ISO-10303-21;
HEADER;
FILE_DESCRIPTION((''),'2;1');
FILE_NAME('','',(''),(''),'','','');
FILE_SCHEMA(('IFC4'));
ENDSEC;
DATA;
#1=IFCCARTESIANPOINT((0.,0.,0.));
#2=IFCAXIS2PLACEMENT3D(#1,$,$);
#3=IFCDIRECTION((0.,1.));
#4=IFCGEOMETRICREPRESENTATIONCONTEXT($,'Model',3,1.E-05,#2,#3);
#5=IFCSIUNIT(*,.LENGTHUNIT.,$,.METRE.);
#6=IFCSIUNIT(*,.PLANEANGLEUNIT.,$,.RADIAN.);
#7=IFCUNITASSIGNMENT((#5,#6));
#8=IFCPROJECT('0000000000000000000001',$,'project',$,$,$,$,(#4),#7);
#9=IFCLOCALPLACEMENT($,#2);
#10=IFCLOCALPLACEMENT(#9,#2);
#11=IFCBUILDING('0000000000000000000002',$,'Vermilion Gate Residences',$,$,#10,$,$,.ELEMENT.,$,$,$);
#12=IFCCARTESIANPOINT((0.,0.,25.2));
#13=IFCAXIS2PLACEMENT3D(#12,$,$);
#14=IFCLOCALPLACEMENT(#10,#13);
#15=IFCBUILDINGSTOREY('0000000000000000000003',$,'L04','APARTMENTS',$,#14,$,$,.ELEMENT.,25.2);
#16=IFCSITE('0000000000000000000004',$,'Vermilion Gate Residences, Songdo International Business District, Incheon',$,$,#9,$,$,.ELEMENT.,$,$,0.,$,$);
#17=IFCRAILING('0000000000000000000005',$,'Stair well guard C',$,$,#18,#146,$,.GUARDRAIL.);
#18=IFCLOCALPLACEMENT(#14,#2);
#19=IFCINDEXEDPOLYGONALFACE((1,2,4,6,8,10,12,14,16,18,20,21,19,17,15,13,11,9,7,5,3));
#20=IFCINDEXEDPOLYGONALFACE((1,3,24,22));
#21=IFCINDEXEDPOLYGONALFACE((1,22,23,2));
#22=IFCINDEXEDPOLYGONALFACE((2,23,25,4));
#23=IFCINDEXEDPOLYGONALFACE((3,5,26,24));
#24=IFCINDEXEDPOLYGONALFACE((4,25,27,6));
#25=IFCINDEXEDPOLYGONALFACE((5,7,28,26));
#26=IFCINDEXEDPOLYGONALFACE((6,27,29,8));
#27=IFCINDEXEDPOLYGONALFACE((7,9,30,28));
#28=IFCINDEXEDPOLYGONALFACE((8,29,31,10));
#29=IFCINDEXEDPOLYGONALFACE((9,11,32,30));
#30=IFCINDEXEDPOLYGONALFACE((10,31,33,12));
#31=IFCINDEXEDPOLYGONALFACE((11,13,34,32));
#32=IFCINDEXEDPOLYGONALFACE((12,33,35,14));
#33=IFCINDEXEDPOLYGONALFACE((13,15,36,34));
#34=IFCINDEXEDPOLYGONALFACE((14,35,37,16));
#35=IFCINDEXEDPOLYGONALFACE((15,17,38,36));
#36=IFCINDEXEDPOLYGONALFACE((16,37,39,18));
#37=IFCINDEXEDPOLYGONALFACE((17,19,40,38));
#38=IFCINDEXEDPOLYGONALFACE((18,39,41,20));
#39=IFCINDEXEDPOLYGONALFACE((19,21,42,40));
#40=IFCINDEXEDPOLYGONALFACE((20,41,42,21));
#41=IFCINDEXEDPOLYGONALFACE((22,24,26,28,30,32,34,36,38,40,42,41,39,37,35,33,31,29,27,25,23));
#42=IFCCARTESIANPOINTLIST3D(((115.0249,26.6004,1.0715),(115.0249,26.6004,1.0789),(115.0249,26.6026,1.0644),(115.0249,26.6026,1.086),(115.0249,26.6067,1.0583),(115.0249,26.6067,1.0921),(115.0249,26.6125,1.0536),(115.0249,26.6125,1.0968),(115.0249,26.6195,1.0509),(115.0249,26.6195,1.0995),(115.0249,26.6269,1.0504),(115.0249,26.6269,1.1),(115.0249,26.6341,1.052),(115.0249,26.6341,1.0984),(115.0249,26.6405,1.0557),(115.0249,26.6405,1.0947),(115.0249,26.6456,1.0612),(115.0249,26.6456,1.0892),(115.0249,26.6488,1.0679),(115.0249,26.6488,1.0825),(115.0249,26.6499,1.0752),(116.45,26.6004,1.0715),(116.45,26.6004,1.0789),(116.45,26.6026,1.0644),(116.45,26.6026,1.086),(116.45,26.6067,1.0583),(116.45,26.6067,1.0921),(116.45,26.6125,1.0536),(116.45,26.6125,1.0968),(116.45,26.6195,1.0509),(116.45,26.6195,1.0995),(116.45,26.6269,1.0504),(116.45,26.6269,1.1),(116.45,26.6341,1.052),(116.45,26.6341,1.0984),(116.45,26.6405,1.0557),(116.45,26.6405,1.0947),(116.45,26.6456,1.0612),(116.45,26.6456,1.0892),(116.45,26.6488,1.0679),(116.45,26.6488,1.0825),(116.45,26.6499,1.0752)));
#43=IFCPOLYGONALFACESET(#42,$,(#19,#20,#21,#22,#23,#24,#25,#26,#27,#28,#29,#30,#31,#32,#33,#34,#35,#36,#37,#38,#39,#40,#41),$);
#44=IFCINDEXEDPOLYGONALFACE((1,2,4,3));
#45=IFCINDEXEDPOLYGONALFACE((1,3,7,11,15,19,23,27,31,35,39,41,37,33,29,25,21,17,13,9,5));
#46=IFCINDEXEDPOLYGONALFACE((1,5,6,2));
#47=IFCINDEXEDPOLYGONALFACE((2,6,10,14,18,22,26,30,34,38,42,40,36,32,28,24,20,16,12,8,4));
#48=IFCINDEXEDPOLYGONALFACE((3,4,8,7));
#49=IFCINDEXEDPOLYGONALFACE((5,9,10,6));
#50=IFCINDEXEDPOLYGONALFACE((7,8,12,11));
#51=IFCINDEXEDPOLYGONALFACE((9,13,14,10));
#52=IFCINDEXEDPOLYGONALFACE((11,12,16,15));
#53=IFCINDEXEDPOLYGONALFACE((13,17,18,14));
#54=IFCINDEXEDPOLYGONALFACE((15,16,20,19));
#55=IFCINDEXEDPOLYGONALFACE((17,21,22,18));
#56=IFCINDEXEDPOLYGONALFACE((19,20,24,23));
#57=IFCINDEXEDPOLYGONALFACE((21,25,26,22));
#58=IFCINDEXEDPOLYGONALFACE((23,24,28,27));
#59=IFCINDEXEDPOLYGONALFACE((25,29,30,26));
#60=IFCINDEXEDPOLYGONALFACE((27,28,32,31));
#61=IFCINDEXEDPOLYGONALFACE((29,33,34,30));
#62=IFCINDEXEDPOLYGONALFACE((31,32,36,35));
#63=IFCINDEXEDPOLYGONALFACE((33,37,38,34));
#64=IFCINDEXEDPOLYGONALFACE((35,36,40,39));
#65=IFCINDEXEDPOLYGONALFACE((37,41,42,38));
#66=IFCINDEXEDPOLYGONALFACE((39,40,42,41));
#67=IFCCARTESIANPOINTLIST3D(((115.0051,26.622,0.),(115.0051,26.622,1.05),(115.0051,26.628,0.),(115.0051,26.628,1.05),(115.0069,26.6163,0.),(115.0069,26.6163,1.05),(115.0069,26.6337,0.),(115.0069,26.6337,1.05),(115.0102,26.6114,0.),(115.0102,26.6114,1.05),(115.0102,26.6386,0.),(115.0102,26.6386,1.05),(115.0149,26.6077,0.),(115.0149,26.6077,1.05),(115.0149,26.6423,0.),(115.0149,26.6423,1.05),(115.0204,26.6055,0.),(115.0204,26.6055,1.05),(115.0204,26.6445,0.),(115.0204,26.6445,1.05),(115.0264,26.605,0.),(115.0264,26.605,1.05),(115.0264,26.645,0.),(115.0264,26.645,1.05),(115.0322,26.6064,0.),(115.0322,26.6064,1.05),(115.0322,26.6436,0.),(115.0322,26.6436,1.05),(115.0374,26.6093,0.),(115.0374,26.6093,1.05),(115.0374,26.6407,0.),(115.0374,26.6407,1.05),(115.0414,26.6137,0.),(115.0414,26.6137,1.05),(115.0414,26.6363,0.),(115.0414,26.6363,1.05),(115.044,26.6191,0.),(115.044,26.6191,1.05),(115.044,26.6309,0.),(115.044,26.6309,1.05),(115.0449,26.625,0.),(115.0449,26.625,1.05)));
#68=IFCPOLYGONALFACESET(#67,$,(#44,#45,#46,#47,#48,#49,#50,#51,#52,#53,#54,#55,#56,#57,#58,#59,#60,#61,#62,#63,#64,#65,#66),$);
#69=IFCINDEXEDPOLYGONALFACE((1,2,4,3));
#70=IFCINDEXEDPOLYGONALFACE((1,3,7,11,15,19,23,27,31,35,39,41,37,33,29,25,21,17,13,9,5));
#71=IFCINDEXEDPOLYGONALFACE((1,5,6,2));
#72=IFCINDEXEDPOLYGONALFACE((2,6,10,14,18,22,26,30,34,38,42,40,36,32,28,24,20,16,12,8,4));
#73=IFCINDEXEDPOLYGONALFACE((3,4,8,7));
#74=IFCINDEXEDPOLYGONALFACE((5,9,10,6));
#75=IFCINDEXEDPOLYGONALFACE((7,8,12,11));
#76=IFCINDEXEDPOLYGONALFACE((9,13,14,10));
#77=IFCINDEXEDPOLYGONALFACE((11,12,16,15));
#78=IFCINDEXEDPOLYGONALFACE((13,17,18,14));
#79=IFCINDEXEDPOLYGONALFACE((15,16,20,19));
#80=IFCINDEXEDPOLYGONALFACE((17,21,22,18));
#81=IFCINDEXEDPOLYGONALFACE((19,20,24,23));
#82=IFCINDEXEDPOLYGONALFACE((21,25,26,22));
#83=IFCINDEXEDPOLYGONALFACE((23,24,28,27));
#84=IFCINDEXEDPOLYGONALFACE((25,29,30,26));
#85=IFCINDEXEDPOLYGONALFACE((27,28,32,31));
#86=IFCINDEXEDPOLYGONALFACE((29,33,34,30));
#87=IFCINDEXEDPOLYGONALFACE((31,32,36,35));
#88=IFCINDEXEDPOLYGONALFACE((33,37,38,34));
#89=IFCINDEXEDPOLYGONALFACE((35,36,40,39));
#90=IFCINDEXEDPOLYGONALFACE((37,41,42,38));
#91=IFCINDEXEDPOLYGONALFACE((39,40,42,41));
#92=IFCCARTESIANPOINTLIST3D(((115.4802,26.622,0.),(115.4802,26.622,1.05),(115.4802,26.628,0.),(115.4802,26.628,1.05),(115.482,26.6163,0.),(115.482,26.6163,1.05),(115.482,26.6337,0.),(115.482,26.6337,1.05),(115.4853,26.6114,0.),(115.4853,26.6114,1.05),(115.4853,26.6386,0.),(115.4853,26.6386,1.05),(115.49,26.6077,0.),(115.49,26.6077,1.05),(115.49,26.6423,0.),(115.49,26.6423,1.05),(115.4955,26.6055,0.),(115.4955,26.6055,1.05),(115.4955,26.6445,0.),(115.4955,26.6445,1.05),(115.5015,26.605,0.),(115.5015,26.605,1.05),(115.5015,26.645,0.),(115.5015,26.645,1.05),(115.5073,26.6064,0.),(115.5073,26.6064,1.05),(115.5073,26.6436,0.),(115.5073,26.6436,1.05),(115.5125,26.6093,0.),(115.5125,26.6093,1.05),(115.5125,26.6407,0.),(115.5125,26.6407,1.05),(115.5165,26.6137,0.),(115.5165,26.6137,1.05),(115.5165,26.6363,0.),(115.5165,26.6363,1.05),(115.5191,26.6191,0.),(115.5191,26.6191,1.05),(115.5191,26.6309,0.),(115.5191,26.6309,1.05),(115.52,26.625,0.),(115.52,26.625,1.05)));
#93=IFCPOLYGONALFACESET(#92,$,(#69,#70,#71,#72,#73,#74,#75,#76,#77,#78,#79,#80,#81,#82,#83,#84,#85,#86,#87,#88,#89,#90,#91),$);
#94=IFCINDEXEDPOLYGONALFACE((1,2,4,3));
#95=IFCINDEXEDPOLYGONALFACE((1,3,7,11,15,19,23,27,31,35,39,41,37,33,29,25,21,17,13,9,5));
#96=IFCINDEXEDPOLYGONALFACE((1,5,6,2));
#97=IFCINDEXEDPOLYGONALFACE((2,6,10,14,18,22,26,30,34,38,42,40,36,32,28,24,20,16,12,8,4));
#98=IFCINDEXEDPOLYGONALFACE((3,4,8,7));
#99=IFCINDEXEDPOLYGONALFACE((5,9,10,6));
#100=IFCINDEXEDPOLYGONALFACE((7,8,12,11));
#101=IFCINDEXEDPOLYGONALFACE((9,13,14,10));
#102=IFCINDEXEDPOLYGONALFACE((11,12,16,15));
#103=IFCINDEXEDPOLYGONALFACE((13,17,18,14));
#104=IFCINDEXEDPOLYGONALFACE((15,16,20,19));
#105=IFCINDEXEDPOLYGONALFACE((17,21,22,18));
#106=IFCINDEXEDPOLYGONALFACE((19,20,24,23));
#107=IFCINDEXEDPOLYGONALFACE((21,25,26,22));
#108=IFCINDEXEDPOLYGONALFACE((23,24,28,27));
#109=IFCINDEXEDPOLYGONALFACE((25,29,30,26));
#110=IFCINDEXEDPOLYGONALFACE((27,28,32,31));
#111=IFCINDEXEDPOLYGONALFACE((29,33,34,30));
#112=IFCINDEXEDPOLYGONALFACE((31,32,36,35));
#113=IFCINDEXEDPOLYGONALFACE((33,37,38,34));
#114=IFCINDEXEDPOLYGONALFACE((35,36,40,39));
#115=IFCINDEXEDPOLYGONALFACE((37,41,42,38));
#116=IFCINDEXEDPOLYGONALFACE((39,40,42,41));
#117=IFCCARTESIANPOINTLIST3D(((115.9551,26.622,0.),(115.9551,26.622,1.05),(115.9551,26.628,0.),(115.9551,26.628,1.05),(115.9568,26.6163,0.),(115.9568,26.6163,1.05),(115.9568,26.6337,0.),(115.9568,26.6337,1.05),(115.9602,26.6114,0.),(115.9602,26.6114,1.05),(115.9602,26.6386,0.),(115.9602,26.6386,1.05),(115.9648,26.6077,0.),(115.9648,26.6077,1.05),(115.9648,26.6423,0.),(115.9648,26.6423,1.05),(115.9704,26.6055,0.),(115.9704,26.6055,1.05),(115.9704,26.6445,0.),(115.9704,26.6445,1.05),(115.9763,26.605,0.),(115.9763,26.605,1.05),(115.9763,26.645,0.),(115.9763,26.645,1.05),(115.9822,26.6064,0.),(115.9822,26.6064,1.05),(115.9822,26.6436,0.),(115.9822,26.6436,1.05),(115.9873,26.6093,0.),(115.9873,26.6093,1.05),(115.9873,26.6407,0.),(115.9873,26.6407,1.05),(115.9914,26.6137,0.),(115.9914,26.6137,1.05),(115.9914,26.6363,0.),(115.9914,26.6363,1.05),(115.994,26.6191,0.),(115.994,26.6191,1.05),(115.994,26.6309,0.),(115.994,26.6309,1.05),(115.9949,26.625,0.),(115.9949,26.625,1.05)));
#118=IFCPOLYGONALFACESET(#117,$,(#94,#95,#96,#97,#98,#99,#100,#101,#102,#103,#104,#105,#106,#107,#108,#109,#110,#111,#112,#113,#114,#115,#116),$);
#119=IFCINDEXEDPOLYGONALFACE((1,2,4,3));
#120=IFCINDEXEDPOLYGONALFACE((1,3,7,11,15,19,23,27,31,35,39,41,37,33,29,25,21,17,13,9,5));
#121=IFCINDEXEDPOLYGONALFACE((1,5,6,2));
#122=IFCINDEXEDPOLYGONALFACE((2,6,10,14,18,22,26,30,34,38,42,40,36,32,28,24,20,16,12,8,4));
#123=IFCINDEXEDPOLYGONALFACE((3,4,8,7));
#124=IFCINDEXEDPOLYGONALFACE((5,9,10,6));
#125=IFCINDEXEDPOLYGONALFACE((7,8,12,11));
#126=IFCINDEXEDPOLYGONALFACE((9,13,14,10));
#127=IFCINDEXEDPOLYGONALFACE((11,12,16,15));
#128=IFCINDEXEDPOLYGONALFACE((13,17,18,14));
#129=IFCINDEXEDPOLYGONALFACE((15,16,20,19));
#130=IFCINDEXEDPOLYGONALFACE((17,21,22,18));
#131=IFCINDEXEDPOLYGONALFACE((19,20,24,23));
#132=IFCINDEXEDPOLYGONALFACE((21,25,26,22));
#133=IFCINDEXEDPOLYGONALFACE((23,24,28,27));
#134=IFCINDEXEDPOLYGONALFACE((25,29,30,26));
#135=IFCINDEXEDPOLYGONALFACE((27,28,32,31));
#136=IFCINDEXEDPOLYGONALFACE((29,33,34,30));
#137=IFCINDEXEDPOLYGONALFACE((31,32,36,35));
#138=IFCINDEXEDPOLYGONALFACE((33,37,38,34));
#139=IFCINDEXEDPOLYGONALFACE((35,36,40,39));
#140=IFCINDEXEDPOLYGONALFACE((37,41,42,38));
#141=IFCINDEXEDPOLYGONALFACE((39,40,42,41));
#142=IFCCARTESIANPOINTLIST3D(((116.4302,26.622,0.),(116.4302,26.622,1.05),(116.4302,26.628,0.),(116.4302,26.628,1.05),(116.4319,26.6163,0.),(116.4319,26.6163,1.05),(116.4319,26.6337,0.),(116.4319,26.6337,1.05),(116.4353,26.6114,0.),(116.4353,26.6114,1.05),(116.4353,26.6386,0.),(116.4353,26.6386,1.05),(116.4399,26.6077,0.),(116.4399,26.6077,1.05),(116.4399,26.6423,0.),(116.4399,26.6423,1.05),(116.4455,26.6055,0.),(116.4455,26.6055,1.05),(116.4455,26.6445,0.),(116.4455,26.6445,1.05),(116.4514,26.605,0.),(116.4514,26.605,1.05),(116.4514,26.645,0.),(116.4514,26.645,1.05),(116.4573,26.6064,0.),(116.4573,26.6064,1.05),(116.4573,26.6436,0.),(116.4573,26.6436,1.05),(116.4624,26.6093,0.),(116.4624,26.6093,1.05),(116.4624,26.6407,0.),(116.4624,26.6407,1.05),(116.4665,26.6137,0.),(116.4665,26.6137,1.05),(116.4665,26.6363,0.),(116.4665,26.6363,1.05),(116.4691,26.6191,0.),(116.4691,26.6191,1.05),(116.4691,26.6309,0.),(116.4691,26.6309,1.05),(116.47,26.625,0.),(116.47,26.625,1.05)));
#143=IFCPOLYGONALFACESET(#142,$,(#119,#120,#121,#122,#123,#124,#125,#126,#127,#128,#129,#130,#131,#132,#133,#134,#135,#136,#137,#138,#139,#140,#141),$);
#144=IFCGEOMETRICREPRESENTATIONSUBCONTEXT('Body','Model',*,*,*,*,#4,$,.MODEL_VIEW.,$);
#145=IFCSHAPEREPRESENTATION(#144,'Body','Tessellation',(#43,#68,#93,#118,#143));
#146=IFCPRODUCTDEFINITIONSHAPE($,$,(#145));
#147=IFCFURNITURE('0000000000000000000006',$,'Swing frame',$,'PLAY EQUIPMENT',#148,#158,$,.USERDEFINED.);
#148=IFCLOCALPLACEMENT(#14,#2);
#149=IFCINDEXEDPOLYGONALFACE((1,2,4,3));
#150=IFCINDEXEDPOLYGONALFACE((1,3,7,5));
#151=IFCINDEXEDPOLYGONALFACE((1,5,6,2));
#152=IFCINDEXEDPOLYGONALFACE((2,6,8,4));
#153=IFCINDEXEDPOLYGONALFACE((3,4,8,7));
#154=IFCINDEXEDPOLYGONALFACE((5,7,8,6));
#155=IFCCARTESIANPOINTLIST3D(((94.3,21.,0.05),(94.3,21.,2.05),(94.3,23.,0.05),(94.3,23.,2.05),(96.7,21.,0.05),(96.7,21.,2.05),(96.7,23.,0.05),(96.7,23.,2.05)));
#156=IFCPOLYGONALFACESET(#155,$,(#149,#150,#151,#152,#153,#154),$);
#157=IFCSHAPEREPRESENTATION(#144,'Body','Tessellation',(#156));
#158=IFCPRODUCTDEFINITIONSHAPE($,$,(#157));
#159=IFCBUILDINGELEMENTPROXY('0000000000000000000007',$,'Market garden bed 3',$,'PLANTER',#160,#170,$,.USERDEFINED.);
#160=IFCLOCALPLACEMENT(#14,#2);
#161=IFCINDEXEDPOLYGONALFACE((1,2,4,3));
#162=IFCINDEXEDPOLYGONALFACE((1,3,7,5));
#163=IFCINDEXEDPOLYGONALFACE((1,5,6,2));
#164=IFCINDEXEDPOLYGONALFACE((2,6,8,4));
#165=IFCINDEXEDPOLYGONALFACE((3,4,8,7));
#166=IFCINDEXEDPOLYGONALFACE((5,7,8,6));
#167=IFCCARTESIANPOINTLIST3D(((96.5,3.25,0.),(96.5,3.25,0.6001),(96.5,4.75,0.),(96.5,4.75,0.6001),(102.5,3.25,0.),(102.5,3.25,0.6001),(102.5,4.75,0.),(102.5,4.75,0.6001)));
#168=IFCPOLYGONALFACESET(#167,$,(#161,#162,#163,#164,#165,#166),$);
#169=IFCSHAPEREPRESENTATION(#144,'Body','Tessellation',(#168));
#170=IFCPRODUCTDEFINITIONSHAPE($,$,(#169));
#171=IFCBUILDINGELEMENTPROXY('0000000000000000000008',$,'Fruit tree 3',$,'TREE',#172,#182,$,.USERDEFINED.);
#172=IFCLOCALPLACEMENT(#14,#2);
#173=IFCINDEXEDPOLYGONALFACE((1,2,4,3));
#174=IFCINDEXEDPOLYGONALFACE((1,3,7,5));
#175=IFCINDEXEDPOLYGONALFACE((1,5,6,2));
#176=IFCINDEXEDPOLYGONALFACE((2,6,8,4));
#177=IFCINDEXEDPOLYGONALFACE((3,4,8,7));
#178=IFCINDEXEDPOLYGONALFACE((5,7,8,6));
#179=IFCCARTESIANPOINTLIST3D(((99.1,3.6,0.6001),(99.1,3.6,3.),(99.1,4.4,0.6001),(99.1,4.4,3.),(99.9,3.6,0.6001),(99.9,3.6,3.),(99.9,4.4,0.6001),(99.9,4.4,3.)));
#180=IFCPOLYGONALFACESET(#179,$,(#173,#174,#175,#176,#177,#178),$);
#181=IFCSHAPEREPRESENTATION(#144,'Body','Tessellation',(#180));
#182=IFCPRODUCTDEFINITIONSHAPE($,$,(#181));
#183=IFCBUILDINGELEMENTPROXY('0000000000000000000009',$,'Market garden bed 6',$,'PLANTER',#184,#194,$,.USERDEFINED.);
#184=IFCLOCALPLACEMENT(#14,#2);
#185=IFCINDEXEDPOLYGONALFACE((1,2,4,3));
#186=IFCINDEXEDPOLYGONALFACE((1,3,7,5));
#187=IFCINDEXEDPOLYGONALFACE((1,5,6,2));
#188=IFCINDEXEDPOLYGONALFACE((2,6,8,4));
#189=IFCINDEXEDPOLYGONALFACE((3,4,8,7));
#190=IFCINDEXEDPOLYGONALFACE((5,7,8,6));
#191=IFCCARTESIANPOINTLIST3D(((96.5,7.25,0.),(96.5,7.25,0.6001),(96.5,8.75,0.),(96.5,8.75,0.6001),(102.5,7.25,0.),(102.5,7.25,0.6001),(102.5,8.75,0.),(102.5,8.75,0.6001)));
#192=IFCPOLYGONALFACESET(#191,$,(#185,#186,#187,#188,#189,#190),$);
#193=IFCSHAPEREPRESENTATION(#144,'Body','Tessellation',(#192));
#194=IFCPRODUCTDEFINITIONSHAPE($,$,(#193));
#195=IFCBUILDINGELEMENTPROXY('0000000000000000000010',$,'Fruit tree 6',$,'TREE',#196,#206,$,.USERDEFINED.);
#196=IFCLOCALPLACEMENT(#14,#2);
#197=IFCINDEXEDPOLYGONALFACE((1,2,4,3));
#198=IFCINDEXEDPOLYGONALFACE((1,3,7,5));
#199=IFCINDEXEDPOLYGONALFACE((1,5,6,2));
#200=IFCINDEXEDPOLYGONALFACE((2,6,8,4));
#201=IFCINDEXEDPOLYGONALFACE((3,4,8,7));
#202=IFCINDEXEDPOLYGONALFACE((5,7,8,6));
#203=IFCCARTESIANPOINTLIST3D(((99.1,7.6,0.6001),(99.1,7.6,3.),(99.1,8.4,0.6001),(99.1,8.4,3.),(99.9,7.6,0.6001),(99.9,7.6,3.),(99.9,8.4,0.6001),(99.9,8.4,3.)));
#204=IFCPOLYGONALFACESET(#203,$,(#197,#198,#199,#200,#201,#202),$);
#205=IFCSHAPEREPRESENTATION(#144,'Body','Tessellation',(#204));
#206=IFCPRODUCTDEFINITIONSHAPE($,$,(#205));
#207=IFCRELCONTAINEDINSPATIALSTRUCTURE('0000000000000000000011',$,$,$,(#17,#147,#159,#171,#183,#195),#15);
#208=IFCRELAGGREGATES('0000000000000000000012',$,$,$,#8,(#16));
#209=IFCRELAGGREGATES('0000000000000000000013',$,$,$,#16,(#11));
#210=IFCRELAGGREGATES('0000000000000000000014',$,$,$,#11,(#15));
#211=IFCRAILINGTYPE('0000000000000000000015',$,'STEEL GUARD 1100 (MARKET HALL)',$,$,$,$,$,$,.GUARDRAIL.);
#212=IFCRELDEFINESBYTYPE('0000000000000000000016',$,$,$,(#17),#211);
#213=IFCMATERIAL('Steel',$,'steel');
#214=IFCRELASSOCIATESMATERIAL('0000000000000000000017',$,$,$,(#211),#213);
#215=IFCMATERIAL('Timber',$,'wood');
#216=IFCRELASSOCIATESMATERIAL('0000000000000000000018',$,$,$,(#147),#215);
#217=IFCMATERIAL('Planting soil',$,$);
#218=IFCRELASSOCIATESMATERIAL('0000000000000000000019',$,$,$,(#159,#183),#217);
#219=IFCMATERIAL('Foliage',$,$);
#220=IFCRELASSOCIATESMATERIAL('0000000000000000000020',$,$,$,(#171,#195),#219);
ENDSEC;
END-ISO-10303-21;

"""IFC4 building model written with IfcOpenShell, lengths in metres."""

from ifc_helpers import new_model, si_unit, direction, frame, origin, origin_2d, place, context, subcontext, project, spatial, rectangle, circle, extrude, material, type_object, element, save


model = new_model("IFC4")

# Units and contexts
model_context = context("Model", 3, precision=1e-05, world=origin(), true_north=direction((0.0, 1.0)))
body_context = subcontext(model_context, "Body", "Model", "MODEL_VIEW")
ifc_project = project(units=[si_unit("LENGTHUNIT", "METRE"), si_unit("PLANEANGLEUNIT", "RADIAN")], contexts=[model_context])

# Site, building, storey
site_placement = place(None, origin())
site = spatial("IfcSite", under=ifc_project, at=site_placement, Name="Vermilion Gate Residences, Songdo International Business District, Incheon", CompositionType="ELEMENT", RefElevation=0.0)
building_placement = place(site_placement, origin())
building = spatial("IfcBuilding", under=site, at=building_placement, Name="Vermilion Gate Residences", CompositionType="ELEMENT")
storey_placement = place(building_placement, frame((0.0, 0.0, 25.2)))
storey = spatial("IfcBuildingStorey", under=building, at=storey_placement, Name="L04", Description="APARTMENTS", CompositionType="ELEMENT", Elevation=25.2)

# Railing
ifc_material_1 = material(Name="Steel", Category="steel")
railing_type = type_object("IfcRailingType", Name="STEEL GUARD 1100 (MARKET HALL)", PredefinedType="GUARDRAIL", material=ifc_material_1)
railing_1_placement = place(storey_placement, frame((115.0249, 26.625, 0.0)))
element("IfcRailing", 1, at=railing_1_placement, inside=storey, type_object=railing_type, Name="Stair well guard C", PredefinedType="GUARDRAIL", context=body_context, shape_type="SweptSolid", body=[
    extrude(circle(Radius=0.0249, at=origin_2d()), frame((0.0, 0.0, 1.0752), z_axis=(1.0, 0.0, 0.0), x_axis=(0.0, 1.0, 0.0)), (0.0, 0.0, 1.0), 1.425),
    extrude(circle(Radius=0.02, at=origin_2d()), origin(), (0.0, 0.0, 1.0), 1.05),
    extrude(circle(Radius=0.02, at=origin_2d()), frame((0.4751, 0.0, 0.0)), (0.0, 0.0, 1.0), 1.05),
    extrude(circle(Radius=0.02, at=origin_2d()), frame((0.95, 0.0, 0.0)), (0.0, 0.0, 1.0), 1.05),
    extrude(circle(Radius=0.02, at=origin_2d()), frame((1.425, 0.0, 0.0)), (0.0, 0.0, 1.0), 1.05),
])

# Furniture
ifc_material_2 = material(Name="Timber", Category="wood")
furniture_placement = place(storey_placement, frame((95.5, 22.0, 0.05), z_axis=(0.0, 0.0, 1.0), x_axis=(1.0, 0.0, 0.0)))
element("IfcFurniture", 2, at=furniture_placement, inside=storey, material=ifc_material_2, Name="Swing frame", ObjectType="PLAY EQUIPMENT", PredefinedType="USERDEFINED", context=body_context, shape_type="SweptSolid", body=[
    extrude(rectangle(XDim=2.3999, YDim=2.0, at=origin_2d()), origin(), (0.0, 0.0, 1.0), 2.0),
])

# Building element proxies
ifc_material_3 = material(Name="Planting soil")
proxy_1_placement = place(storey_placement, frame((99.5, 4.0, 0.0), z_axis=(0.0, 0.0, 1.0), x_axis=(1.0, 0.0, 0.0)))
element("IfcBuildingElementProxy", 3, at=proxy_1_placement, inside=storey, material=ifc_material_3, Name="Market garden bed 3", ObjectType="PLANTER", PredefinedType="USERDEFINED", context=body_context, shape_type="SweptSolid", body=[
    extrude(rectangle(XDim=6.0, YDim=1.5, at=origin_2d()), origin(), (0.0, 0.0, 1.0), 0.6001),
])
ifc_material_4 = material(Name="Foliage")
proxy_2_placement = place(storey_placement, frame((99.5, 4.0, 0.6001), z_axis=(0.0, 0.0, 1.0), x_axis=(1.0, 0.0, 0.0)))
element("IfcBuildingElementProxy", 4, at=proxy_2_placement, inside=storey, material=ifc_material_4, Name="Fruit tree 3", ObjectType="TREE", PredefinedType="USERDEFINED", context=body_context, shape_type="SweptSolid", body=[
    extrude(rectangle(XDim=0.8, YDim=0.8, at=origin_2d()), origin(), (0.0, 0.0, 1.0), 2.3999),
])
proxy_3_placement = place(storey_placement, frame((99.5, 8.0, 0.0), z_axis=(0.0, 0.0, 1.0), x_axis=(1.0, 0.0, 0.0)))
element("IfcBuildingElementProxy", 5, at=proxy_3_placement, inside=storey, material=ifc_material_3, Name="Market garden bed 6", ObjectType="PLANTER", PredefinedType="USERDEFINED", context=body_context, shape_type="SweptSolid", body=[
    extrude(rectangle(XDim=6.0, YDim=1.5, at=origin_2d()), origin(), (0.0, 0.0, 1.0), 0.6001),
])
proxy_4_placement = place(storey_placement, frame((99.5, 8.0, 0.6001), z_axis=(0.0, 0.0, 1.0), x_axis=(1.0, 0.0, 0.0)))
element("IfcBuildingElementProxy", 6, at=proxy_4_placement, inside=storey, material=ifc_material_4, Name="Fruit tree 6", ObjectType="TREE", PredefinedType="USERDEFINED", context=body_context, shape_type="SweptSolid", body=[
    extrude(rectangle(XDim=0.8, YDim=0.8, at=origin_2d()), origin(), (0.0, 0.0, 1.0), 2.3999),
])

save(model, "model.ifc")
